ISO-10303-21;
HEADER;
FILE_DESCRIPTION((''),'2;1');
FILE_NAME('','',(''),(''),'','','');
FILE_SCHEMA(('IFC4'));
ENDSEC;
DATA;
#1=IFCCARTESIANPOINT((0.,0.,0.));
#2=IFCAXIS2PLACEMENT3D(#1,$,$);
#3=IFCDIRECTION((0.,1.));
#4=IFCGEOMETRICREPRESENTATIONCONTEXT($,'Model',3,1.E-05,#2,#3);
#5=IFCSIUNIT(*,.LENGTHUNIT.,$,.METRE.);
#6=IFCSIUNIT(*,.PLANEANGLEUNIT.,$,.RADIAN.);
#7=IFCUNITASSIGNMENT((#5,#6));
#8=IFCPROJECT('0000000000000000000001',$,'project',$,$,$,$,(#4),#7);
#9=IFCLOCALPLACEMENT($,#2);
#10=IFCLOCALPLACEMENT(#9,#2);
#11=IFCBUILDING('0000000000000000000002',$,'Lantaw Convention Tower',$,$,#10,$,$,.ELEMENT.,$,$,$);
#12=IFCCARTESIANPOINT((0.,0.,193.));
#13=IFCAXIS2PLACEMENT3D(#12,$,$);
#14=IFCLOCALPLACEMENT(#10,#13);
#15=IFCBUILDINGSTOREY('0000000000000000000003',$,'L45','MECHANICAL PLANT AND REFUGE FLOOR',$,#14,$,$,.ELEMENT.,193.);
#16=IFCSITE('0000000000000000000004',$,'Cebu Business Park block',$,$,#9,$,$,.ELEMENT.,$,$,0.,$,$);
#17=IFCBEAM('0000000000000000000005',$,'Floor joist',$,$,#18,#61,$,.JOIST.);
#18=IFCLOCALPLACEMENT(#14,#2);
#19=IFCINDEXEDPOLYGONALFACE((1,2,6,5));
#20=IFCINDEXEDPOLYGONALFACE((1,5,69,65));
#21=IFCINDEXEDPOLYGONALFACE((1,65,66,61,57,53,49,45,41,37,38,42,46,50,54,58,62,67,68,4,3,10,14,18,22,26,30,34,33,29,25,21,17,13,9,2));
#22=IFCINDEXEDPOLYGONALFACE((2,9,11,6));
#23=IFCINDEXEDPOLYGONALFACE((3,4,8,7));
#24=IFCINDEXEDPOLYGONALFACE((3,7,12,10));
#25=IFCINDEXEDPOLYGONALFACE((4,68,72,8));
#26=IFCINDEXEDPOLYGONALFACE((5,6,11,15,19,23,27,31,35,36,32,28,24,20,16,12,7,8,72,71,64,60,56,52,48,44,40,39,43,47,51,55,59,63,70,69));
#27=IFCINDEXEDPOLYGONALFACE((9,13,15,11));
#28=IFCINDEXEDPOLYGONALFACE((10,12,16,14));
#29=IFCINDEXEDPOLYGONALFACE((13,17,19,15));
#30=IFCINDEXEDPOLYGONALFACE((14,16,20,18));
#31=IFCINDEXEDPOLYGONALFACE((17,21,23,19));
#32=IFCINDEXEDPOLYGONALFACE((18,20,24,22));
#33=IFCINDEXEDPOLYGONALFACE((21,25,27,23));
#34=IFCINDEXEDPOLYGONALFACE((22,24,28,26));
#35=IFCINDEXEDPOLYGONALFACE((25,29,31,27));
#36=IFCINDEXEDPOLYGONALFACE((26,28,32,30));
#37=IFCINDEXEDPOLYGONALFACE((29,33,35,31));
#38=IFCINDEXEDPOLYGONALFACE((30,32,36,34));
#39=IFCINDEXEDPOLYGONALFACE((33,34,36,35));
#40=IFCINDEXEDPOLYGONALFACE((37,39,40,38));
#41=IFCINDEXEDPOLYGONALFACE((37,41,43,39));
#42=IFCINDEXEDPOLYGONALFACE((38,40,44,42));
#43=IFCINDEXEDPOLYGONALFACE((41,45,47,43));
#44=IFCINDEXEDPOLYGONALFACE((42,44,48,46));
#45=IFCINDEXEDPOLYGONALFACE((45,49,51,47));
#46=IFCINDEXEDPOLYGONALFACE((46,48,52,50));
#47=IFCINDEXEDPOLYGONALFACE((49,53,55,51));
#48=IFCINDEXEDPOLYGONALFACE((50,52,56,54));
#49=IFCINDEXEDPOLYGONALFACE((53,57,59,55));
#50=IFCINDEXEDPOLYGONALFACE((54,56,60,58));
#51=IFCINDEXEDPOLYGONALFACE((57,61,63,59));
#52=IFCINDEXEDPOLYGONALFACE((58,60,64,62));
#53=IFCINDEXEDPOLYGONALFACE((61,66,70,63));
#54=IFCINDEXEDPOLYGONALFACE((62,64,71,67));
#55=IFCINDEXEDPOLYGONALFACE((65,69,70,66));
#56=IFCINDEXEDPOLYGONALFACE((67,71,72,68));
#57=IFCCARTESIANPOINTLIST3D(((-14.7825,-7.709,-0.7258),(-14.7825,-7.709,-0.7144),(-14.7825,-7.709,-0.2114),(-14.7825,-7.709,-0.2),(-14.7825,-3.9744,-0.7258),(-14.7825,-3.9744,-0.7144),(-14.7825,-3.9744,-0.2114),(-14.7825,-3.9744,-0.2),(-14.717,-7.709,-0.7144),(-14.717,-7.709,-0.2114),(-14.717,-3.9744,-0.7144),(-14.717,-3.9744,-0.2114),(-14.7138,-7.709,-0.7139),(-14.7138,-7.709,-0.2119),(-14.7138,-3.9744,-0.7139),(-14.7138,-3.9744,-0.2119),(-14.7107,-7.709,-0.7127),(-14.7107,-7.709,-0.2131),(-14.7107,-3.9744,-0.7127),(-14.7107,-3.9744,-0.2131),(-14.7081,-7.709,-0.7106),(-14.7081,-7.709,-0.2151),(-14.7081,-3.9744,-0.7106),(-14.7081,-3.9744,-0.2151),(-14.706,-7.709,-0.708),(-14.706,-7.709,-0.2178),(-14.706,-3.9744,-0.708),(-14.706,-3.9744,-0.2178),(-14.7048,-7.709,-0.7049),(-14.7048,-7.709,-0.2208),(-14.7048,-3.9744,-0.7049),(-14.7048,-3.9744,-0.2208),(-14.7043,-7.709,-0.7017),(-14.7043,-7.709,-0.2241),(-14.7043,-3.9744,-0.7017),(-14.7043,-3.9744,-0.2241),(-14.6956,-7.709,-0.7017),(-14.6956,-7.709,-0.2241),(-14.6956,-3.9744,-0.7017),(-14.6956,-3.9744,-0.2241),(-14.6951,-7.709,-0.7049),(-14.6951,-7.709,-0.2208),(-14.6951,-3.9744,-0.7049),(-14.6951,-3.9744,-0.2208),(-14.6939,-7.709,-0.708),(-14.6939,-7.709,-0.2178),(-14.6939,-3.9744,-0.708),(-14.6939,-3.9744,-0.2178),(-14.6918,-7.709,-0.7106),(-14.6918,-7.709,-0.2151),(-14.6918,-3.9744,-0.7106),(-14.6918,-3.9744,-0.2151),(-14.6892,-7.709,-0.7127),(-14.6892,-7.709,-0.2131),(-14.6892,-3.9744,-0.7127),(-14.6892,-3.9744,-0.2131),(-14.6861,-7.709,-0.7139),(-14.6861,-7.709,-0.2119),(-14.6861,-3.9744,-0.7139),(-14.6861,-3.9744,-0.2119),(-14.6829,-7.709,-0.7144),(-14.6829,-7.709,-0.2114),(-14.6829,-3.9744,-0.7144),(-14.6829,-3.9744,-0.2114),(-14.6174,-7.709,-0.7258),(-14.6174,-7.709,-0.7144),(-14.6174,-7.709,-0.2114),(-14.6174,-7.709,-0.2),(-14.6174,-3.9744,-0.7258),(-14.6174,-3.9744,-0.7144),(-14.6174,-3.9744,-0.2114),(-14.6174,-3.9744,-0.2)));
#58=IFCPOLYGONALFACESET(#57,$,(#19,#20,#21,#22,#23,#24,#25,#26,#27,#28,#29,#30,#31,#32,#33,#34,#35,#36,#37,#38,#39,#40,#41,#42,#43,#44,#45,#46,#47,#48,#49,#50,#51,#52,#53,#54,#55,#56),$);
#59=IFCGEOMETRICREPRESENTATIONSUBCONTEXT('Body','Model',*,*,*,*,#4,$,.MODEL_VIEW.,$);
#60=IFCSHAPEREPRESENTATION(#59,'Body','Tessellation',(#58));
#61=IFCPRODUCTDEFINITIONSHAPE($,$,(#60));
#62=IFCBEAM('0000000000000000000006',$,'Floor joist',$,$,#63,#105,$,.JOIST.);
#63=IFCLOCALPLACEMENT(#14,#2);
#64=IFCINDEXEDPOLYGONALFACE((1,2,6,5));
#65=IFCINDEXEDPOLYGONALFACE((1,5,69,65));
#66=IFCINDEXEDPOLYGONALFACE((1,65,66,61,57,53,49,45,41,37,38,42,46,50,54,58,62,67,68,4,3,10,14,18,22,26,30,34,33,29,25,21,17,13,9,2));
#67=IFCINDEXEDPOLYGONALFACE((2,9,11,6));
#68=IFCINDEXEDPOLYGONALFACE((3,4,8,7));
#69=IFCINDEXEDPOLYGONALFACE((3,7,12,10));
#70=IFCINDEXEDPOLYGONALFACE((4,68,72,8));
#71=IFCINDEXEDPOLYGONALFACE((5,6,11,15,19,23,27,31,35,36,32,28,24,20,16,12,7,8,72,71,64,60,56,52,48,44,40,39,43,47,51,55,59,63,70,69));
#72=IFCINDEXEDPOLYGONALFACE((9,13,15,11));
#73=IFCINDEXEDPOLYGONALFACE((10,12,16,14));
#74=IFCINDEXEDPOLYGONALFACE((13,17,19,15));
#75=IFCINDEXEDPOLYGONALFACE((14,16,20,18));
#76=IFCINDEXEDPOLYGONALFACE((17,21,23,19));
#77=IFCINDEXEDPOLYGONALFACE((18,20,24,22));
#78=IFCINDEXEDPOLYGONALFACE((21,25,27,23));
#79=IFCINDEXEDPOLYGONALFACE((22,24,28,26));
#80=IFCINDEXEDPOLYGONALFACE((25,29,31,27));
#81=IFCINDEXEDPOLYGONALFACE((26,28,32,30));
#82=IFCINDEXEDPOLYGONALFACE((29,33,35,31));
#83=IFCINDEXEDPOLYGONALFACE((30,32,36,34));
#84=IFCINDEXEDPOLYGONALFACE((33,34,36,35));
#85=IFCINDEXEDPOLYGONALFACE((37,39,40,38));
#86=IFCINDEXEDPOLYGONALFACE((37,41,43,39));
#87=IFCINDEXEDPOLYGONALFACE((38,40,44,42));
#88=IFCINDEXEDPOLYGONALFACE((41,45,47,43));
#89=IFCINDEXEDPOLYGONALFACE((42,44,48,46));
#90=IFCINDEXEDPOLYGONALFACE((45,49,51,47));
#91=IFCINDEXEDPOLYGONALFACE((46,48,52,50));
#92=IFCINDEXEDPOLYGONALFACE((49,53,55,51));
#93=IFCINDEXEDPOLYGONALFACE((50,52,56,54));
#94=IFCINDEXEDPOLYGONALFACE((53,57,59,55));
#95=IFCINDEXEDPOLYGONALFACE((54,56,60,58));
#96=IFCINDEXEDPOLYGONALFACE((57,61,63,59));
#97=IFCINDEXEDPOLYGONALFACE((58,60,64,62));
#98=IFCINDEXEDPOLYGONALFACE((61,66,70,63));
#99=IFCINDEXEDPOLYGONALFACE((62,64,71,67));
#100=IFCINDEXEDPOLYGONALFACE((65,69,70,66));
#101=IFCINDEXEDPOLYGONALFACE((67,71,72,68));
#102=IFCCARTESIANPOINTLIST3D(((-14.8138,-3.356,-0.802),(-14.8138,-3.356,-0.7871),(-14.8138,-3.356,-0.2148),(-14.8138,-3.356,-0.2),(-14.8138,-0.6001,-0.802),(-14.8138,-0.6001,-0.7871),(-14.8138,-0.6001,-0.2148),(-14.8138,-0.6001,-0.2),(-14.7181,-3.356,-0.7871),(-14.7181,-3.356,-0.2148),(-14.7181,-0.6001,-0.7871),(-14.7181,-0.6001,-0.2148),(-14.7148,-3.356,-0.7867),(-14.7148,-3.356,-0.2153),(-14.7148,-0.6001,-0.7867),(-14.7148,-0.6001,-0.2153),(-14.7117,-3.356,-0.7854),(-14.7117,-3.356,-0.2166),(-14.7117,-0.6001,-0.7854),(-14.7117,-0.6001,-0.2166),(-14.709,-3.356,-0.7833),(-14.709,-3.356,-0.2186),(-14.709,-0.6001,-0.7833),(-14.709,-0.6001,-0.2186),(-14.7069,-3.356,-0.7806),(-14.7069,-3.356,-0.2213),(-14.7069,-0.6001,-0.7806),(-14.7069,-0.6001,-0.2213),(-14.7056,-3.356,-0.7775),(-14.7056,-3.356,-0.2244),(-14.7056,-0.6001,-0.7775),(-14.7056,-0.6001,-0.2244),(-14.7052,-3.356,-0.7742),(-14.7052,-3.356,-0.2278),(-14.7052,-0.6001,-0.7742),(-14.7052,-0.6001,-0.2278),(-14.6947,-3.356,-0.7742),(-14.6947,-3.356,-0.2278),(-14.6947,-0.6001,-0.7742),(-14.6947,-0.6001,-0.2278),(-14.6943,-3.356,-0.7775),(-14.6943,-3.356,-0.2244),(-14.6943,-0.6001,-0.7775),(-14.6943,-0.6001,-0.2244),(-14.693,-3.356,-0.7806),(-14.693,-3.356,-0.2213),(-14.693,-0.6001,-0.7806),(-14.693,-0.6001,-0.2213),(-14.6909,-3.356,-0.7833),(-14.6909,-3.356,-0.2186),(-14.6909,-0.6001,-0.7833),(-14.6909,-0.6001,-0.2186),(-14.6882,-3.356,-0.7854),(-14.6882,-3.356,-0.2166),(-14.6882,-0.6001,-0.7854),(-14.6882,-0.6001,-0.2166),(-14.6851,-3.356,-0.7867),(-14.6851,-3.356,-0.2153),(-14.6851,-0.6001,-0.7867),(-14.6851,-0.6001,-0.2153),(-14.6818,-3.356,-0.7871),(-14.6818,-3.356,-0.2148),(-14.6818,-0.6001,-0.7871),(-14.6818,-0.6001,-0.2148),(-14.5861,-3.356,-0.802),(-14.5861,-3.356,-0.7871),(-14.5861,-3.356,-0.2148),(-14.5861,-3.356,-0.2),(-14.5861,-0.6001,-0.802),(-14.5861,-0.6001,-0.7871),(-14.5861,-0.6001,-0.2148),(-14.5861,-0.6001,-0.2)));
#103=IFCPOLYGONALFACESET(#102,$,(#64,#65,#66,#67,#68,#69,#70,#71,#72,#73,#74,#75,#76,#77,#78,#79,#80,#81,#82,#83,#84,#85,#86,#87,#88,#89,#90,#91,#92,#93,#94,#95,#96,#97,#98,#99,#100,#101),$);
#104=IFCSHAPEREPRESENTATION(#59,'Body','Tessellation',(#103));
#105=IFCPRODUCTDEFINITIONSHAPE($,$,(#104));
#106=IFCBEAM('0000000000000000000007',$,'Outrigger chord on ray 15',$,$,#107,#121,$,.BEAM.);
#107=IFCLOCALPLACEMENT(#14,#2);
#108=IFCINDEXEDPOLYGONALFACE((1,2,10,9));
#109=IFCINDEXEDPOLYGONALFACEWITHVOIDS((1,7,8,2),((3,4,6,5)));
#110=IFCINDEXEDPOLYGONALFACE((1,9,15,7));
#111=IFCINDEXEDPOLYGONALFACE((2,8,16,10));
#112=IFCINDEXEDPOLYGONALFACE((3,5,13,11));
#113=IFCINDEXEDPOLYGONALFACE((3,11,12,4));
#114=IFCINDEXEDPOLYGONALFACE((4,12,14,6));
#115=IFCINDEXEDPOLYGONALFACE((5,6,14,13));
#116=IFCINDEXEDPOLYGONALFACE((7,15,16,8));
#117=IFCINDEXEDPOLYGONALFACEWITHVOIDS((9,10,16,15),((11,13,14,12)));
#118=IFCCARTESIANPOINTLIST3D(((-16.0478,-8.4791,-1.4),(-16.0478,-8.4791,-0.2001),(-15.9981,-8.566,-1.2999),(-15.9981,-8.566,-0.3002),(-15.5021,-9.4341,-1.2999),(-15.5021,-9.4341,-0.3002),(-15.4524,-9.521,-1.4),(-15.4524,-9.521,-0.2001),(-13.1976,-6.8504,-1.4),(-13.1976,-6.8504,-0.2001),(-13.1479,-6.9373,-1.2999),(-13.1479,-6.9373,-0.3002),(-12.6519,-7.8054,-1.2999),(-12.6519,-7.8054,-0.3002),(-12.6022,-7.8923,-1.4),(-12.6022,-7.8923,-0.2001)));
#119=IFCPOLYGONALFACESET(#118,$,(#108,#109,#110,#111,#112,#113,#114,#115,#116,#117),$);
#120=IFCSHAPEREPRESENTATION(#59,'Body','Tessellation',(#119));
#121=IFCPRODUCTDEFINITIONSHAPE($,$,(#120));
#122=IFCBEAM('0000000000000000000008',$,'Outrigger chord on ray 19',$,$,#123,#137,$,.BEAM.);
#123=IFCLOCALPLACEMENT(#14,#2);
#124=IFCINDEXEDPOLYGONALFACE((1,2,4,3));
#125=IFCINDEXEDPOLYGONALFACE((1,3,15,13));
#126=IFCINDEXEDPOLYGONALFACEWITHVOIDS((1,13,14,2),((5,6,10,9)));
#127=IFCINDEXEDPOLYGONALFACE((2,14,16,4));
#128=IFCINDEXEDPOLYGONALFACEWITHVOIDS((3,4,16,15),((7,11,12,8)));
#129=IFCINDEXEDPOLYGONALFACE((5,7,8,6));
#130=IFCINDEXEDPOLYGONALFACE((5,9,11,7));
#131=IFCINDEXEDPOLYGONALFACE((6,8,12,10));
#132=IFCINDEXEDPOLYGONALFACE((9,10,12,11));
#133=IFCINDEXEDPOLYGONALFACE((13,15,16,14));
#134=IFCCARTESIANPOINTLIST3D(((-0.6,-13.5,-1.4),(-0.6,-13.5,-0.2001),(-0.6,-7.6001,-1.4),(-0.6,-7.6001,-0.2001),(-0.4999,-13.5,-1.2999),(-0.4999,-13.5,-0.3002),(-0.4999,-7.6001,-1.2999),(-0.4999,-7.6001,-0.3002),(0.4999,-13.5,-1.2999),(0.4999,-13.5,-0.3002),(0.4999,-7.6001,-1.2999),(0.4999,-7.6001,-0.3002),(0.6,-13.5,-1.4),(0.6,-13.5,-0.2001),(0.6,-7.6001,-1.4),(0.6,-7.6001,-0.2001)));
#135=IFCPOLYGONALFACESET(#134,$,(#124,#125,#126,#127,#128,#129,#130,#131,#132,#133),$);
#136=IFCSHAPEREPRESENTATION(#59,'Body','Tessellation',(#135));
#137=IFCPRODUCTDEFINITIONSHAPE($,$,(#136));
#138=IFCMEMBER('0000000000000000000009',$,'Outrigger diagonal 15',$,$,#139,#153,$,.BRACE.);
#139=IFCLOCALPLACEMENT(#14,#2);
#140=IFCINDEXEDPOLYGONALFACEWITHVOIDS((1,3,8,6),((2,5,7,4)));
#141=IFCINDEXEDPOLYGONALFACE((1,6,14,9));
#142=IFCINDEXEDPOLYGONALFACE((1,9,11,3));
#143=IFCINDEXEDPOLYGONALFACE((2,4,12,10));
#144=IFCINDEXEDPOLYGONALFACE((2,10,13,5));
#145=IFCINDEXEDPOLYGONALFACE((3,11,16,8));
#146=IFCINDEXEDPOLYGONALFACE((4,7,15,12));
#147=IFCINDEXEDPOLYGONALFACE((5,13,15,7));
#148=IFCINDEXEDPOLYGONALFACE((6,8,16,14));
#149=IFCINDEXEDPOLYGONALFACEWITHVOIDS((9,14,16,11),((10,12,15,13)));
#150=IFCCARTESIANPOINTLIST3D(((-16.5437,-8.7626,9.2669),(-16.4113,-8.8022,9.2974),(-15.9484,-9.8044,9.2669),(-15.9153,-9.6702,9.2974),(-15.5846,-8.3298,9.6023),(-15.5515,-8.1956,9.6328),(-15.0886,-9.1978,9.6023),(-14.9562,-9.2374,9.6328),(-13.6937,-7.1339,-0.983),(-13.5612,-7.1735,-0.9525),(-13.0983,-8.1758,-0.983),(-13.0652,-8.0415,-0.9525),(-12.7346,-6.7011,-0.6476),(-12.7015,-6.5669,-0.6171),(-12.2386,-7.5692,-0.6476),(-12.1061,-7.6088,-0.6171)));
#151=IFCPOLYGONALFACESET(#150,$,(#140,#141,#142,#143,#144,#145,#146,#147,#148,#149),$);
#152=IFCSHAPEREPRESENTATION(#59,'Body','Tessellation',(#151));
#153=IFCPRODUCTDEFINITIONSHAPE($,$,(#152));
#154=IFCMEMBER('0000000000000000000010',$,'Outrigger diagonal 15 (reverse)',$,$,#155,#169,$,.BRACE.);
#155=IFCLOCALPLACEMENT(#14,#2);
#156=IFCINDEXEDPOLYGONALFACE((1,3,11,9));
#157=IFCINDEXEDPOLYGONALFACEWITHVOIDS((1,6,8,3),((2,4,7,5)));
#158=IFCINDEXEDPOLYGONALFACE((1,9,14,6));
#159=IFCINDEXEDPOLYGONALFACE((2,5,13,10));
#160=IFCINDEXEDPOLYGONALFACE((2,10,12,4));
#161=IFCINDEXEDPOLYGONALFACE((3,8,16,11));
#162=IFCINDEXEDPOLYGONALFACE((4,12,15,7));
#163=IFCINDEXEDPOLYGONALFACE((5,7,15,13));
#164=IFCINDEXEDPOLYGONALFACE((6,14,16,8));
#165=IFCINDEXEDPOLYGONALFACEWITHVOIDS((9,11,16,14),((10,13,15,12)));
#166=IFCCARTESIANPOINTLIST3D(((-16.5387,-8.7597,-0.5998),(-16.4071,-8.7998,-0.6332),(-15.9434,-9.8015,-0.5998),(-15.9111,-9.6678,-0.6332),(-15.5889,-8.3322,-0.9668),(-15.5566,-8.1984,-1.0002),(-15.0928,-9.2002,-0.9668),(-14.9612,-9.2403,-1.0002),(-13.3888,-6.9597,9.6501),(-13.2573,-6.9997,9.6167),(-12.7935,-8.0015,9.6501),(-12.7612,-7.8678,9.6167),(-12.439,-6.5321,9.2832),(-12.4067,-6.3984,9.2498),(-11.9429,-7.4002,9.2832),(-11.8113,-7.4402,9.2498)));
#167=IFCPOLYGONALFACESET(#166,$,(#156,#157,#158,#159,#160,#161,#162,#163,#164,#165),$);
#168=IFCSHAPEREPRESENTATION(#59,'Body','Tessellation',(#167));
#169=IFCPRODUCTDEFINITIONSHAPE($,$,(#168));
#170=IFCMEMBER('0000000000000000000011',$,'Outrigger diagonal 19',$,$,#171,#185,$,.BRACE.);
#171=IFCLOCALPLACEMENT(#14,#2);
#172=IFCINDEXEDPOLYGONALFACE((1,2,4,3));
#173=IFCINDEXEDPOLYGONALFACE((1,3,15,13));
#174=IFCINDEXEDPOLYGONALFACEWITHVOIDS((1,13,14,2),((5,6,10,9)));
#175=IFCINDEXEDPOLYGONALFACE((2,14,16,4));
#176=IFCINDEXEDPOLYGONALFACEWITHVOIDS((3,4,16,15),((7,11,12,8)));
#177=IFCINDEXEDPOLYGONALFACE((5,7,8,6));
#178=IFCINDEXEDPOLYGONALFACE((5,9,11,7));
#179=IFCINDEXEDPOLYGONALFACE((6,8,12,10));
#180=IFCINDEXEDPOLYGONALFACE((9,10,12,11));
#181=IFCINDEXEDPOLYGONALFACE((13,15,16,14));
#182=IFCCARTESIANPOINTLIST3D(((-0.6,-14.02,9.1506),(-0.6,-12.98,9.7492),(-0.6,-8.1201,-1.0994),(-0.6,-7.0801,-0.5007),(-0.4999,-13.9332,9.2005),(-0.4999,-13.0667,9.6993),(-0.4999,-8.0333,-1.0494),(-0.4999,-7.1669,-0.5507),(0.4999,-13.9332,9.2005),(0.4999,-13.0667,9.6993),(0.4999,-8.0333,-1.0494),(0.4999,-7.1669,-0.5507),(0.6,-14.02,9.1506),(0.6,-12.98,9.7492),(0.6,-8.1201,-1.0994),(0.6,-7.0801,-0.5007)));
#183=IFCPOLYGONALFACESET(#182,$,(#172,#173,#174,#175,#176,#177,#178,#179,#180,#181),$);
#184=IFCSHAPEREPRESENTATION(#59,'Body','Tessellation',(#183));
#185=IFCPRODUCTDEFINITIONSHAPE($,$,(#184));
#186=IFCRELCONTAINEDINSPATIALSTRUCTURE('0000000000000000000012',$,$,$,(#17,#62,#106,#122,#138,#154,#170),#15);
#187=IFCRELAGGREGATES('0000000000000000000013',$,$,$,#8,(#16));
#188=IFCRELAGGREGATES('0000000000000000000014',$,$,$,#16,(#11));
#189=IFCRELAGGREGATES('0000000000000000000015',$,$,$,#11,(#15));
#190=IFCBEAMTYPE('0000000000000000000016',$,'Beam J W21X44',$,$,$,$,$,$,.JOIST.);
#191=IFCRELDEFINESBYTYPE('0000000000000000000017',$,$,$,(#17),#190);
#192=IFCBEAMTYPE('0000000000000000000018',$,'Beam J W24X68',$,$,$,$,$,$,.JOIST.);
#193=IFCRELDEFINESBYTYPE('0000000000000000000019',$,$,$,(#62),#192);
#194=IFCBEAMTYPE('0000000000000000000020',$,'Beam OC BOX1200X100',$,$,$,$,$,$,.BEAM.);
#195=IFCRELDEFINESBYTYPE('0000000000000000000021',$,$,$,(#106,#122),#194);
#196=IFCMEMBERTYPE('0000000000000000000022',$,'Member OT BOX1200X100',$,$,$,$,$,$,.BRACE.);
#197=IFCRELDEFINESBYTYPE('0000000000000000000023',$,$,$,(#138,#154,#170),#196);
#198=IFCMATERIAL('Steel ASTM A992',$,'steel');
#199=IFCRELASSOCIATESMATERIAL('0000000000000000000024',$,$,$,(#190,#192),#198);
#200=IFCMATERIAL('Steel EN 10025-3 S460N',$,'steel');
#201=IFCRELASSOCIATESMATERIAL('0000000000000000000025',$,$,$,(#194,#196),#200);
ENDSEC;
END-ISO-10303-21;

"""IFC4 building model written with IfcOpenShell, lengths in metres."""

from ifc_helpers import new_model, si_unit, direction, frame, origin, origin_2d, place, context, subcontext, project, spatial, hollow_rectangle, i_section, extrude, material, material_profile, profile_set, type_object, element, save


model = new_model("IFC4")

# Units and contexts
model_context = context("Model", 3, precision=1e-05, world=origin(), true_north=direction((0.0, 1.0)))
body_context = subcontext(model_context, "Body", "Model", "MODEL_VIEW")
ifc_project = project(units=[si_unit("LENGTHUNIT", "METRE"), si_unit("PLANEANGLEUNIT", "RADIAN")], contexts=[model_context])

# Site, building, storey
site_placement = place(None, origin())
site = spatial("IfcSite", under=ifc_project, at=site_placement, Name="Cebu Business Park block", CompositionType="ELEMENT", RefElevation=0.0)
building_placement = place(site_placement, origin())
building = spatial("IfcBuilding", under=site, at=building_placement, Name="Lantaw Convention Tower", CompositionType="ELEMENT")
storey_placement = place(building_placement, frame((0.0, 0.0, 193.0)))
storey = spatial("IfcBuildingStorey", under=building, at=storey_placement, Name="L45", Description="MECHANICAL PLANT AND REFUGE FLOOR", CompositionType="ELEMENT", Elevation=193.0)

# Beams
ifc_material_1 = material(Name="Steel ASTM A992", Category="steel")
ifc_material_profile_1 = material_profile(ifc_material_1, i_section(OverallWidth=0.165, OverallDepth=0.5259, WebThickness=0.0088, FlangeThickness=0.0115, FilletRadius=0.0127, at=origin_2d()), Name="W21X44")
ifc_profile_set_1 = profile_set([ifc_material_profile_1], Name="Steel ASTM A992")
beam_type_1 = type_object("IfcBeamType", Name="Beam J W21X44", PredefinedType="JOIST", material=ifc_profile_set_1)
beam_1_placement = place(storey_placement, frame((-14.7, -7.709, -0.4629), z_axis=(0.0, 1.0, 0.0), x_axis=(-1.0, 0.0, 0.0)))
element("IfcBeam", 1, at=beam_1_placement, inside=storey, type_object=beam_type_1, Name="Floor joist", PredefinedType="JOIST", context=body_context, shape_type="SweptSolid", body=[
    extrude(i_section(OverallWidth=0.165, OverallDepth=0.5259, WebThickness=0.0088, FlangeThickness=0.0115, FilletRadius=0.0127, at=origin_2d()), origin(), (0.0, 0.0, 1.0), 3.7346),
])
ifc_material_profile_2 = material_profile(ifc_material_1, i_section(OverallWidth=0.2278, OverallDepth=0.6021, WebThickness=0.0105, FlangeThickness=0.0149, FilletRadius=0.0129, at=origin_2d()), Name="W24X68")
ifc_profile_set_2 = profile_set([ifc_material_profile_2], Name="Steel ASTM A992")
beam_type_2 = type_object("IfcBeamType", Name="Beam J W24X68", PredefinedType="JOIST", material=ifc_profile_set_2)
beam_2_placement = place(storey_placement, frame((-14.7, -3.356, -0.501), z_axis=(0.0, 1.0, 0.0), x_axis=(-1.0, 0.0, 0.0)))
element("IfcBeam", 2, at=beam_2_placement, inside=storey, type_object=beam_type_2, Name="Floor joist", PredefinedType="JOIST", context=body_context, shape_type="SweptSolid", body=[
    extrude(i_section(OverallWidth=0.2278, OverallDepth=0.6021, WebThickness=0.0105, FlangeThickness=0.0149, FilletRadius=0.0129, at=origin_2d()), origin(), (0.0, 0.0, 1.0), 2.7559),
])
ifc_material_2 = material(Name="Steel EN 10025-3 S460N", Category="steel")
ifc_material_profile_3 = material_profile(ifc_material_2, hollow_rectangle(XDim=1.2, YDim=1.2, WallThickness=0.1001, at=origin_2d()), Name="BOX1200X100")
ifc_profile_set_3 = profile_set([ifc_material_profile_3], Name="Steel EN 10025-3 S460N")
beam_type_3 = type_object("IfcBeamType", Name="Beam OC BOX1200X100", PredefinedType="BEAM", material=ifc_profile_set_3)
beam_3_placement = place(storey_placement, frame((-12.8999, -7.3713, -0.8), z_axis=(-0.868239, -0.496147, 0.0), x_axis=(0.496147, -0.868239, 0.0)))
element("IfcBeam", 3, at=beam_3_placement, inside=storey, type_object=beam_type_3, Name="Outrigger chord on ray 15", PredefinedType="BEAM", context=body_context, shape_type="SweptSolid", body=[
    extrude(hollow_rectangle(XDim=1.2, YDim=1.2, WallThickness=0.1001, at=origin_2d()), origin(), (0.0, 0.0, 1.0), 3.2827),
])
beam_4_placement = place(storey_placement, frame((0.0, -7.6001, -0.8), z_axis=(0.0, -1.0, 0.0), x_axis=(1.0, 0.0, 0.0)))
element("IfcBeam", 4, at=beam_4_placement, inside=storey, type_object=beam_type_3, Name="Outrigger chord on ray 19", PredefinedType="BEAM", context=body_context, shape_type="SweptSolid", body=[
    extrude(hollow_rectangle(XDim=1.2, YDim=1.2, WallThickness=0.1001, at=origin_2d()), origin(), (0.0, 0.0, 1.0), 5.8999),
])

# Members
ifc_material_profile_4 = material_profile(ifc_material_2, hollow_rectangle(XDim=1.2, YDim=1.2, WallThickness=0.1001, at=origin_2d()), Name="BOX1200X100")
ifc_profile_set_4 = profile_set([ifc_material_profile_4], Name="Steel EN 10025-3 S460N")
member_type = type_object("IfcMemberType", Name="Member OT BOX1200X100", PredefinedType="BRACE", material=ifc_profile_set_4)
member_1_placement = place(storey_placement, frame((-12.8999, -7.3713, -0.8), z_axis=(-0.26481, -0.151323, 0.952353), x_axis=(0.496147, -0.868239, 0.0)))
element("IfcMember", 5, at=member_1_placement, inside=storey, type_object=member_type, Name="Outrigger diagonal 15", PredefinedType="BRACE", context=body_context, shape_type="SweptSolid", body=[
    extrude(hollow_rectangle(XDim=1.2, YDim=1.2, WallThickness=0.1001, at=origin_2d()), origin(), (0.0, 0.0, 1.0), 10.7627),
])
member_2_placement = place(storey_placement, frame((-12.6001, -7.2, 9.45), z_axis=(-0.289696, -0.16555, -0.942692), x_axis=(0.496161, -0.868231, 0.0)))
element("IfcMember", 6, at=member_2_placement, inside=storey, type_object=member_type, Name="Outrigger diagonal 15 (reverse)", PredefinedType="BRACE", context=body_context, shape_type="SweptSolid", body=[
    extrude(hollow_rectangle(XDim=1.2, YDim=1.2, WallThickness=0.1001, at=origin_2d()), origin(), (0.0, 0.0, 1.0), 10.873),
])
member_3_placement = place(storey_placement, frame((0.0, -7.6001, -0.8), z_axis=(0.0, -0.498862, 0.866681), x_axis=(1.0, 0.0, 0.0)))
element("IfcMember", 7, at=member_3_placement, inside=storey, type_object=member_type, Name="Outrigger diagonal 19", PredefinedType="BRACE", context=body_context, shape_type="SweptSolid", body=[
    extrude(hollow_rectangle(XDim=1.2, YDim=1.2, WallThickness=0.1001, at=origin_2d()), origin(), (0.0, 0.0, 1.0), 11.8267),
])

save(model, "model.ifc")
